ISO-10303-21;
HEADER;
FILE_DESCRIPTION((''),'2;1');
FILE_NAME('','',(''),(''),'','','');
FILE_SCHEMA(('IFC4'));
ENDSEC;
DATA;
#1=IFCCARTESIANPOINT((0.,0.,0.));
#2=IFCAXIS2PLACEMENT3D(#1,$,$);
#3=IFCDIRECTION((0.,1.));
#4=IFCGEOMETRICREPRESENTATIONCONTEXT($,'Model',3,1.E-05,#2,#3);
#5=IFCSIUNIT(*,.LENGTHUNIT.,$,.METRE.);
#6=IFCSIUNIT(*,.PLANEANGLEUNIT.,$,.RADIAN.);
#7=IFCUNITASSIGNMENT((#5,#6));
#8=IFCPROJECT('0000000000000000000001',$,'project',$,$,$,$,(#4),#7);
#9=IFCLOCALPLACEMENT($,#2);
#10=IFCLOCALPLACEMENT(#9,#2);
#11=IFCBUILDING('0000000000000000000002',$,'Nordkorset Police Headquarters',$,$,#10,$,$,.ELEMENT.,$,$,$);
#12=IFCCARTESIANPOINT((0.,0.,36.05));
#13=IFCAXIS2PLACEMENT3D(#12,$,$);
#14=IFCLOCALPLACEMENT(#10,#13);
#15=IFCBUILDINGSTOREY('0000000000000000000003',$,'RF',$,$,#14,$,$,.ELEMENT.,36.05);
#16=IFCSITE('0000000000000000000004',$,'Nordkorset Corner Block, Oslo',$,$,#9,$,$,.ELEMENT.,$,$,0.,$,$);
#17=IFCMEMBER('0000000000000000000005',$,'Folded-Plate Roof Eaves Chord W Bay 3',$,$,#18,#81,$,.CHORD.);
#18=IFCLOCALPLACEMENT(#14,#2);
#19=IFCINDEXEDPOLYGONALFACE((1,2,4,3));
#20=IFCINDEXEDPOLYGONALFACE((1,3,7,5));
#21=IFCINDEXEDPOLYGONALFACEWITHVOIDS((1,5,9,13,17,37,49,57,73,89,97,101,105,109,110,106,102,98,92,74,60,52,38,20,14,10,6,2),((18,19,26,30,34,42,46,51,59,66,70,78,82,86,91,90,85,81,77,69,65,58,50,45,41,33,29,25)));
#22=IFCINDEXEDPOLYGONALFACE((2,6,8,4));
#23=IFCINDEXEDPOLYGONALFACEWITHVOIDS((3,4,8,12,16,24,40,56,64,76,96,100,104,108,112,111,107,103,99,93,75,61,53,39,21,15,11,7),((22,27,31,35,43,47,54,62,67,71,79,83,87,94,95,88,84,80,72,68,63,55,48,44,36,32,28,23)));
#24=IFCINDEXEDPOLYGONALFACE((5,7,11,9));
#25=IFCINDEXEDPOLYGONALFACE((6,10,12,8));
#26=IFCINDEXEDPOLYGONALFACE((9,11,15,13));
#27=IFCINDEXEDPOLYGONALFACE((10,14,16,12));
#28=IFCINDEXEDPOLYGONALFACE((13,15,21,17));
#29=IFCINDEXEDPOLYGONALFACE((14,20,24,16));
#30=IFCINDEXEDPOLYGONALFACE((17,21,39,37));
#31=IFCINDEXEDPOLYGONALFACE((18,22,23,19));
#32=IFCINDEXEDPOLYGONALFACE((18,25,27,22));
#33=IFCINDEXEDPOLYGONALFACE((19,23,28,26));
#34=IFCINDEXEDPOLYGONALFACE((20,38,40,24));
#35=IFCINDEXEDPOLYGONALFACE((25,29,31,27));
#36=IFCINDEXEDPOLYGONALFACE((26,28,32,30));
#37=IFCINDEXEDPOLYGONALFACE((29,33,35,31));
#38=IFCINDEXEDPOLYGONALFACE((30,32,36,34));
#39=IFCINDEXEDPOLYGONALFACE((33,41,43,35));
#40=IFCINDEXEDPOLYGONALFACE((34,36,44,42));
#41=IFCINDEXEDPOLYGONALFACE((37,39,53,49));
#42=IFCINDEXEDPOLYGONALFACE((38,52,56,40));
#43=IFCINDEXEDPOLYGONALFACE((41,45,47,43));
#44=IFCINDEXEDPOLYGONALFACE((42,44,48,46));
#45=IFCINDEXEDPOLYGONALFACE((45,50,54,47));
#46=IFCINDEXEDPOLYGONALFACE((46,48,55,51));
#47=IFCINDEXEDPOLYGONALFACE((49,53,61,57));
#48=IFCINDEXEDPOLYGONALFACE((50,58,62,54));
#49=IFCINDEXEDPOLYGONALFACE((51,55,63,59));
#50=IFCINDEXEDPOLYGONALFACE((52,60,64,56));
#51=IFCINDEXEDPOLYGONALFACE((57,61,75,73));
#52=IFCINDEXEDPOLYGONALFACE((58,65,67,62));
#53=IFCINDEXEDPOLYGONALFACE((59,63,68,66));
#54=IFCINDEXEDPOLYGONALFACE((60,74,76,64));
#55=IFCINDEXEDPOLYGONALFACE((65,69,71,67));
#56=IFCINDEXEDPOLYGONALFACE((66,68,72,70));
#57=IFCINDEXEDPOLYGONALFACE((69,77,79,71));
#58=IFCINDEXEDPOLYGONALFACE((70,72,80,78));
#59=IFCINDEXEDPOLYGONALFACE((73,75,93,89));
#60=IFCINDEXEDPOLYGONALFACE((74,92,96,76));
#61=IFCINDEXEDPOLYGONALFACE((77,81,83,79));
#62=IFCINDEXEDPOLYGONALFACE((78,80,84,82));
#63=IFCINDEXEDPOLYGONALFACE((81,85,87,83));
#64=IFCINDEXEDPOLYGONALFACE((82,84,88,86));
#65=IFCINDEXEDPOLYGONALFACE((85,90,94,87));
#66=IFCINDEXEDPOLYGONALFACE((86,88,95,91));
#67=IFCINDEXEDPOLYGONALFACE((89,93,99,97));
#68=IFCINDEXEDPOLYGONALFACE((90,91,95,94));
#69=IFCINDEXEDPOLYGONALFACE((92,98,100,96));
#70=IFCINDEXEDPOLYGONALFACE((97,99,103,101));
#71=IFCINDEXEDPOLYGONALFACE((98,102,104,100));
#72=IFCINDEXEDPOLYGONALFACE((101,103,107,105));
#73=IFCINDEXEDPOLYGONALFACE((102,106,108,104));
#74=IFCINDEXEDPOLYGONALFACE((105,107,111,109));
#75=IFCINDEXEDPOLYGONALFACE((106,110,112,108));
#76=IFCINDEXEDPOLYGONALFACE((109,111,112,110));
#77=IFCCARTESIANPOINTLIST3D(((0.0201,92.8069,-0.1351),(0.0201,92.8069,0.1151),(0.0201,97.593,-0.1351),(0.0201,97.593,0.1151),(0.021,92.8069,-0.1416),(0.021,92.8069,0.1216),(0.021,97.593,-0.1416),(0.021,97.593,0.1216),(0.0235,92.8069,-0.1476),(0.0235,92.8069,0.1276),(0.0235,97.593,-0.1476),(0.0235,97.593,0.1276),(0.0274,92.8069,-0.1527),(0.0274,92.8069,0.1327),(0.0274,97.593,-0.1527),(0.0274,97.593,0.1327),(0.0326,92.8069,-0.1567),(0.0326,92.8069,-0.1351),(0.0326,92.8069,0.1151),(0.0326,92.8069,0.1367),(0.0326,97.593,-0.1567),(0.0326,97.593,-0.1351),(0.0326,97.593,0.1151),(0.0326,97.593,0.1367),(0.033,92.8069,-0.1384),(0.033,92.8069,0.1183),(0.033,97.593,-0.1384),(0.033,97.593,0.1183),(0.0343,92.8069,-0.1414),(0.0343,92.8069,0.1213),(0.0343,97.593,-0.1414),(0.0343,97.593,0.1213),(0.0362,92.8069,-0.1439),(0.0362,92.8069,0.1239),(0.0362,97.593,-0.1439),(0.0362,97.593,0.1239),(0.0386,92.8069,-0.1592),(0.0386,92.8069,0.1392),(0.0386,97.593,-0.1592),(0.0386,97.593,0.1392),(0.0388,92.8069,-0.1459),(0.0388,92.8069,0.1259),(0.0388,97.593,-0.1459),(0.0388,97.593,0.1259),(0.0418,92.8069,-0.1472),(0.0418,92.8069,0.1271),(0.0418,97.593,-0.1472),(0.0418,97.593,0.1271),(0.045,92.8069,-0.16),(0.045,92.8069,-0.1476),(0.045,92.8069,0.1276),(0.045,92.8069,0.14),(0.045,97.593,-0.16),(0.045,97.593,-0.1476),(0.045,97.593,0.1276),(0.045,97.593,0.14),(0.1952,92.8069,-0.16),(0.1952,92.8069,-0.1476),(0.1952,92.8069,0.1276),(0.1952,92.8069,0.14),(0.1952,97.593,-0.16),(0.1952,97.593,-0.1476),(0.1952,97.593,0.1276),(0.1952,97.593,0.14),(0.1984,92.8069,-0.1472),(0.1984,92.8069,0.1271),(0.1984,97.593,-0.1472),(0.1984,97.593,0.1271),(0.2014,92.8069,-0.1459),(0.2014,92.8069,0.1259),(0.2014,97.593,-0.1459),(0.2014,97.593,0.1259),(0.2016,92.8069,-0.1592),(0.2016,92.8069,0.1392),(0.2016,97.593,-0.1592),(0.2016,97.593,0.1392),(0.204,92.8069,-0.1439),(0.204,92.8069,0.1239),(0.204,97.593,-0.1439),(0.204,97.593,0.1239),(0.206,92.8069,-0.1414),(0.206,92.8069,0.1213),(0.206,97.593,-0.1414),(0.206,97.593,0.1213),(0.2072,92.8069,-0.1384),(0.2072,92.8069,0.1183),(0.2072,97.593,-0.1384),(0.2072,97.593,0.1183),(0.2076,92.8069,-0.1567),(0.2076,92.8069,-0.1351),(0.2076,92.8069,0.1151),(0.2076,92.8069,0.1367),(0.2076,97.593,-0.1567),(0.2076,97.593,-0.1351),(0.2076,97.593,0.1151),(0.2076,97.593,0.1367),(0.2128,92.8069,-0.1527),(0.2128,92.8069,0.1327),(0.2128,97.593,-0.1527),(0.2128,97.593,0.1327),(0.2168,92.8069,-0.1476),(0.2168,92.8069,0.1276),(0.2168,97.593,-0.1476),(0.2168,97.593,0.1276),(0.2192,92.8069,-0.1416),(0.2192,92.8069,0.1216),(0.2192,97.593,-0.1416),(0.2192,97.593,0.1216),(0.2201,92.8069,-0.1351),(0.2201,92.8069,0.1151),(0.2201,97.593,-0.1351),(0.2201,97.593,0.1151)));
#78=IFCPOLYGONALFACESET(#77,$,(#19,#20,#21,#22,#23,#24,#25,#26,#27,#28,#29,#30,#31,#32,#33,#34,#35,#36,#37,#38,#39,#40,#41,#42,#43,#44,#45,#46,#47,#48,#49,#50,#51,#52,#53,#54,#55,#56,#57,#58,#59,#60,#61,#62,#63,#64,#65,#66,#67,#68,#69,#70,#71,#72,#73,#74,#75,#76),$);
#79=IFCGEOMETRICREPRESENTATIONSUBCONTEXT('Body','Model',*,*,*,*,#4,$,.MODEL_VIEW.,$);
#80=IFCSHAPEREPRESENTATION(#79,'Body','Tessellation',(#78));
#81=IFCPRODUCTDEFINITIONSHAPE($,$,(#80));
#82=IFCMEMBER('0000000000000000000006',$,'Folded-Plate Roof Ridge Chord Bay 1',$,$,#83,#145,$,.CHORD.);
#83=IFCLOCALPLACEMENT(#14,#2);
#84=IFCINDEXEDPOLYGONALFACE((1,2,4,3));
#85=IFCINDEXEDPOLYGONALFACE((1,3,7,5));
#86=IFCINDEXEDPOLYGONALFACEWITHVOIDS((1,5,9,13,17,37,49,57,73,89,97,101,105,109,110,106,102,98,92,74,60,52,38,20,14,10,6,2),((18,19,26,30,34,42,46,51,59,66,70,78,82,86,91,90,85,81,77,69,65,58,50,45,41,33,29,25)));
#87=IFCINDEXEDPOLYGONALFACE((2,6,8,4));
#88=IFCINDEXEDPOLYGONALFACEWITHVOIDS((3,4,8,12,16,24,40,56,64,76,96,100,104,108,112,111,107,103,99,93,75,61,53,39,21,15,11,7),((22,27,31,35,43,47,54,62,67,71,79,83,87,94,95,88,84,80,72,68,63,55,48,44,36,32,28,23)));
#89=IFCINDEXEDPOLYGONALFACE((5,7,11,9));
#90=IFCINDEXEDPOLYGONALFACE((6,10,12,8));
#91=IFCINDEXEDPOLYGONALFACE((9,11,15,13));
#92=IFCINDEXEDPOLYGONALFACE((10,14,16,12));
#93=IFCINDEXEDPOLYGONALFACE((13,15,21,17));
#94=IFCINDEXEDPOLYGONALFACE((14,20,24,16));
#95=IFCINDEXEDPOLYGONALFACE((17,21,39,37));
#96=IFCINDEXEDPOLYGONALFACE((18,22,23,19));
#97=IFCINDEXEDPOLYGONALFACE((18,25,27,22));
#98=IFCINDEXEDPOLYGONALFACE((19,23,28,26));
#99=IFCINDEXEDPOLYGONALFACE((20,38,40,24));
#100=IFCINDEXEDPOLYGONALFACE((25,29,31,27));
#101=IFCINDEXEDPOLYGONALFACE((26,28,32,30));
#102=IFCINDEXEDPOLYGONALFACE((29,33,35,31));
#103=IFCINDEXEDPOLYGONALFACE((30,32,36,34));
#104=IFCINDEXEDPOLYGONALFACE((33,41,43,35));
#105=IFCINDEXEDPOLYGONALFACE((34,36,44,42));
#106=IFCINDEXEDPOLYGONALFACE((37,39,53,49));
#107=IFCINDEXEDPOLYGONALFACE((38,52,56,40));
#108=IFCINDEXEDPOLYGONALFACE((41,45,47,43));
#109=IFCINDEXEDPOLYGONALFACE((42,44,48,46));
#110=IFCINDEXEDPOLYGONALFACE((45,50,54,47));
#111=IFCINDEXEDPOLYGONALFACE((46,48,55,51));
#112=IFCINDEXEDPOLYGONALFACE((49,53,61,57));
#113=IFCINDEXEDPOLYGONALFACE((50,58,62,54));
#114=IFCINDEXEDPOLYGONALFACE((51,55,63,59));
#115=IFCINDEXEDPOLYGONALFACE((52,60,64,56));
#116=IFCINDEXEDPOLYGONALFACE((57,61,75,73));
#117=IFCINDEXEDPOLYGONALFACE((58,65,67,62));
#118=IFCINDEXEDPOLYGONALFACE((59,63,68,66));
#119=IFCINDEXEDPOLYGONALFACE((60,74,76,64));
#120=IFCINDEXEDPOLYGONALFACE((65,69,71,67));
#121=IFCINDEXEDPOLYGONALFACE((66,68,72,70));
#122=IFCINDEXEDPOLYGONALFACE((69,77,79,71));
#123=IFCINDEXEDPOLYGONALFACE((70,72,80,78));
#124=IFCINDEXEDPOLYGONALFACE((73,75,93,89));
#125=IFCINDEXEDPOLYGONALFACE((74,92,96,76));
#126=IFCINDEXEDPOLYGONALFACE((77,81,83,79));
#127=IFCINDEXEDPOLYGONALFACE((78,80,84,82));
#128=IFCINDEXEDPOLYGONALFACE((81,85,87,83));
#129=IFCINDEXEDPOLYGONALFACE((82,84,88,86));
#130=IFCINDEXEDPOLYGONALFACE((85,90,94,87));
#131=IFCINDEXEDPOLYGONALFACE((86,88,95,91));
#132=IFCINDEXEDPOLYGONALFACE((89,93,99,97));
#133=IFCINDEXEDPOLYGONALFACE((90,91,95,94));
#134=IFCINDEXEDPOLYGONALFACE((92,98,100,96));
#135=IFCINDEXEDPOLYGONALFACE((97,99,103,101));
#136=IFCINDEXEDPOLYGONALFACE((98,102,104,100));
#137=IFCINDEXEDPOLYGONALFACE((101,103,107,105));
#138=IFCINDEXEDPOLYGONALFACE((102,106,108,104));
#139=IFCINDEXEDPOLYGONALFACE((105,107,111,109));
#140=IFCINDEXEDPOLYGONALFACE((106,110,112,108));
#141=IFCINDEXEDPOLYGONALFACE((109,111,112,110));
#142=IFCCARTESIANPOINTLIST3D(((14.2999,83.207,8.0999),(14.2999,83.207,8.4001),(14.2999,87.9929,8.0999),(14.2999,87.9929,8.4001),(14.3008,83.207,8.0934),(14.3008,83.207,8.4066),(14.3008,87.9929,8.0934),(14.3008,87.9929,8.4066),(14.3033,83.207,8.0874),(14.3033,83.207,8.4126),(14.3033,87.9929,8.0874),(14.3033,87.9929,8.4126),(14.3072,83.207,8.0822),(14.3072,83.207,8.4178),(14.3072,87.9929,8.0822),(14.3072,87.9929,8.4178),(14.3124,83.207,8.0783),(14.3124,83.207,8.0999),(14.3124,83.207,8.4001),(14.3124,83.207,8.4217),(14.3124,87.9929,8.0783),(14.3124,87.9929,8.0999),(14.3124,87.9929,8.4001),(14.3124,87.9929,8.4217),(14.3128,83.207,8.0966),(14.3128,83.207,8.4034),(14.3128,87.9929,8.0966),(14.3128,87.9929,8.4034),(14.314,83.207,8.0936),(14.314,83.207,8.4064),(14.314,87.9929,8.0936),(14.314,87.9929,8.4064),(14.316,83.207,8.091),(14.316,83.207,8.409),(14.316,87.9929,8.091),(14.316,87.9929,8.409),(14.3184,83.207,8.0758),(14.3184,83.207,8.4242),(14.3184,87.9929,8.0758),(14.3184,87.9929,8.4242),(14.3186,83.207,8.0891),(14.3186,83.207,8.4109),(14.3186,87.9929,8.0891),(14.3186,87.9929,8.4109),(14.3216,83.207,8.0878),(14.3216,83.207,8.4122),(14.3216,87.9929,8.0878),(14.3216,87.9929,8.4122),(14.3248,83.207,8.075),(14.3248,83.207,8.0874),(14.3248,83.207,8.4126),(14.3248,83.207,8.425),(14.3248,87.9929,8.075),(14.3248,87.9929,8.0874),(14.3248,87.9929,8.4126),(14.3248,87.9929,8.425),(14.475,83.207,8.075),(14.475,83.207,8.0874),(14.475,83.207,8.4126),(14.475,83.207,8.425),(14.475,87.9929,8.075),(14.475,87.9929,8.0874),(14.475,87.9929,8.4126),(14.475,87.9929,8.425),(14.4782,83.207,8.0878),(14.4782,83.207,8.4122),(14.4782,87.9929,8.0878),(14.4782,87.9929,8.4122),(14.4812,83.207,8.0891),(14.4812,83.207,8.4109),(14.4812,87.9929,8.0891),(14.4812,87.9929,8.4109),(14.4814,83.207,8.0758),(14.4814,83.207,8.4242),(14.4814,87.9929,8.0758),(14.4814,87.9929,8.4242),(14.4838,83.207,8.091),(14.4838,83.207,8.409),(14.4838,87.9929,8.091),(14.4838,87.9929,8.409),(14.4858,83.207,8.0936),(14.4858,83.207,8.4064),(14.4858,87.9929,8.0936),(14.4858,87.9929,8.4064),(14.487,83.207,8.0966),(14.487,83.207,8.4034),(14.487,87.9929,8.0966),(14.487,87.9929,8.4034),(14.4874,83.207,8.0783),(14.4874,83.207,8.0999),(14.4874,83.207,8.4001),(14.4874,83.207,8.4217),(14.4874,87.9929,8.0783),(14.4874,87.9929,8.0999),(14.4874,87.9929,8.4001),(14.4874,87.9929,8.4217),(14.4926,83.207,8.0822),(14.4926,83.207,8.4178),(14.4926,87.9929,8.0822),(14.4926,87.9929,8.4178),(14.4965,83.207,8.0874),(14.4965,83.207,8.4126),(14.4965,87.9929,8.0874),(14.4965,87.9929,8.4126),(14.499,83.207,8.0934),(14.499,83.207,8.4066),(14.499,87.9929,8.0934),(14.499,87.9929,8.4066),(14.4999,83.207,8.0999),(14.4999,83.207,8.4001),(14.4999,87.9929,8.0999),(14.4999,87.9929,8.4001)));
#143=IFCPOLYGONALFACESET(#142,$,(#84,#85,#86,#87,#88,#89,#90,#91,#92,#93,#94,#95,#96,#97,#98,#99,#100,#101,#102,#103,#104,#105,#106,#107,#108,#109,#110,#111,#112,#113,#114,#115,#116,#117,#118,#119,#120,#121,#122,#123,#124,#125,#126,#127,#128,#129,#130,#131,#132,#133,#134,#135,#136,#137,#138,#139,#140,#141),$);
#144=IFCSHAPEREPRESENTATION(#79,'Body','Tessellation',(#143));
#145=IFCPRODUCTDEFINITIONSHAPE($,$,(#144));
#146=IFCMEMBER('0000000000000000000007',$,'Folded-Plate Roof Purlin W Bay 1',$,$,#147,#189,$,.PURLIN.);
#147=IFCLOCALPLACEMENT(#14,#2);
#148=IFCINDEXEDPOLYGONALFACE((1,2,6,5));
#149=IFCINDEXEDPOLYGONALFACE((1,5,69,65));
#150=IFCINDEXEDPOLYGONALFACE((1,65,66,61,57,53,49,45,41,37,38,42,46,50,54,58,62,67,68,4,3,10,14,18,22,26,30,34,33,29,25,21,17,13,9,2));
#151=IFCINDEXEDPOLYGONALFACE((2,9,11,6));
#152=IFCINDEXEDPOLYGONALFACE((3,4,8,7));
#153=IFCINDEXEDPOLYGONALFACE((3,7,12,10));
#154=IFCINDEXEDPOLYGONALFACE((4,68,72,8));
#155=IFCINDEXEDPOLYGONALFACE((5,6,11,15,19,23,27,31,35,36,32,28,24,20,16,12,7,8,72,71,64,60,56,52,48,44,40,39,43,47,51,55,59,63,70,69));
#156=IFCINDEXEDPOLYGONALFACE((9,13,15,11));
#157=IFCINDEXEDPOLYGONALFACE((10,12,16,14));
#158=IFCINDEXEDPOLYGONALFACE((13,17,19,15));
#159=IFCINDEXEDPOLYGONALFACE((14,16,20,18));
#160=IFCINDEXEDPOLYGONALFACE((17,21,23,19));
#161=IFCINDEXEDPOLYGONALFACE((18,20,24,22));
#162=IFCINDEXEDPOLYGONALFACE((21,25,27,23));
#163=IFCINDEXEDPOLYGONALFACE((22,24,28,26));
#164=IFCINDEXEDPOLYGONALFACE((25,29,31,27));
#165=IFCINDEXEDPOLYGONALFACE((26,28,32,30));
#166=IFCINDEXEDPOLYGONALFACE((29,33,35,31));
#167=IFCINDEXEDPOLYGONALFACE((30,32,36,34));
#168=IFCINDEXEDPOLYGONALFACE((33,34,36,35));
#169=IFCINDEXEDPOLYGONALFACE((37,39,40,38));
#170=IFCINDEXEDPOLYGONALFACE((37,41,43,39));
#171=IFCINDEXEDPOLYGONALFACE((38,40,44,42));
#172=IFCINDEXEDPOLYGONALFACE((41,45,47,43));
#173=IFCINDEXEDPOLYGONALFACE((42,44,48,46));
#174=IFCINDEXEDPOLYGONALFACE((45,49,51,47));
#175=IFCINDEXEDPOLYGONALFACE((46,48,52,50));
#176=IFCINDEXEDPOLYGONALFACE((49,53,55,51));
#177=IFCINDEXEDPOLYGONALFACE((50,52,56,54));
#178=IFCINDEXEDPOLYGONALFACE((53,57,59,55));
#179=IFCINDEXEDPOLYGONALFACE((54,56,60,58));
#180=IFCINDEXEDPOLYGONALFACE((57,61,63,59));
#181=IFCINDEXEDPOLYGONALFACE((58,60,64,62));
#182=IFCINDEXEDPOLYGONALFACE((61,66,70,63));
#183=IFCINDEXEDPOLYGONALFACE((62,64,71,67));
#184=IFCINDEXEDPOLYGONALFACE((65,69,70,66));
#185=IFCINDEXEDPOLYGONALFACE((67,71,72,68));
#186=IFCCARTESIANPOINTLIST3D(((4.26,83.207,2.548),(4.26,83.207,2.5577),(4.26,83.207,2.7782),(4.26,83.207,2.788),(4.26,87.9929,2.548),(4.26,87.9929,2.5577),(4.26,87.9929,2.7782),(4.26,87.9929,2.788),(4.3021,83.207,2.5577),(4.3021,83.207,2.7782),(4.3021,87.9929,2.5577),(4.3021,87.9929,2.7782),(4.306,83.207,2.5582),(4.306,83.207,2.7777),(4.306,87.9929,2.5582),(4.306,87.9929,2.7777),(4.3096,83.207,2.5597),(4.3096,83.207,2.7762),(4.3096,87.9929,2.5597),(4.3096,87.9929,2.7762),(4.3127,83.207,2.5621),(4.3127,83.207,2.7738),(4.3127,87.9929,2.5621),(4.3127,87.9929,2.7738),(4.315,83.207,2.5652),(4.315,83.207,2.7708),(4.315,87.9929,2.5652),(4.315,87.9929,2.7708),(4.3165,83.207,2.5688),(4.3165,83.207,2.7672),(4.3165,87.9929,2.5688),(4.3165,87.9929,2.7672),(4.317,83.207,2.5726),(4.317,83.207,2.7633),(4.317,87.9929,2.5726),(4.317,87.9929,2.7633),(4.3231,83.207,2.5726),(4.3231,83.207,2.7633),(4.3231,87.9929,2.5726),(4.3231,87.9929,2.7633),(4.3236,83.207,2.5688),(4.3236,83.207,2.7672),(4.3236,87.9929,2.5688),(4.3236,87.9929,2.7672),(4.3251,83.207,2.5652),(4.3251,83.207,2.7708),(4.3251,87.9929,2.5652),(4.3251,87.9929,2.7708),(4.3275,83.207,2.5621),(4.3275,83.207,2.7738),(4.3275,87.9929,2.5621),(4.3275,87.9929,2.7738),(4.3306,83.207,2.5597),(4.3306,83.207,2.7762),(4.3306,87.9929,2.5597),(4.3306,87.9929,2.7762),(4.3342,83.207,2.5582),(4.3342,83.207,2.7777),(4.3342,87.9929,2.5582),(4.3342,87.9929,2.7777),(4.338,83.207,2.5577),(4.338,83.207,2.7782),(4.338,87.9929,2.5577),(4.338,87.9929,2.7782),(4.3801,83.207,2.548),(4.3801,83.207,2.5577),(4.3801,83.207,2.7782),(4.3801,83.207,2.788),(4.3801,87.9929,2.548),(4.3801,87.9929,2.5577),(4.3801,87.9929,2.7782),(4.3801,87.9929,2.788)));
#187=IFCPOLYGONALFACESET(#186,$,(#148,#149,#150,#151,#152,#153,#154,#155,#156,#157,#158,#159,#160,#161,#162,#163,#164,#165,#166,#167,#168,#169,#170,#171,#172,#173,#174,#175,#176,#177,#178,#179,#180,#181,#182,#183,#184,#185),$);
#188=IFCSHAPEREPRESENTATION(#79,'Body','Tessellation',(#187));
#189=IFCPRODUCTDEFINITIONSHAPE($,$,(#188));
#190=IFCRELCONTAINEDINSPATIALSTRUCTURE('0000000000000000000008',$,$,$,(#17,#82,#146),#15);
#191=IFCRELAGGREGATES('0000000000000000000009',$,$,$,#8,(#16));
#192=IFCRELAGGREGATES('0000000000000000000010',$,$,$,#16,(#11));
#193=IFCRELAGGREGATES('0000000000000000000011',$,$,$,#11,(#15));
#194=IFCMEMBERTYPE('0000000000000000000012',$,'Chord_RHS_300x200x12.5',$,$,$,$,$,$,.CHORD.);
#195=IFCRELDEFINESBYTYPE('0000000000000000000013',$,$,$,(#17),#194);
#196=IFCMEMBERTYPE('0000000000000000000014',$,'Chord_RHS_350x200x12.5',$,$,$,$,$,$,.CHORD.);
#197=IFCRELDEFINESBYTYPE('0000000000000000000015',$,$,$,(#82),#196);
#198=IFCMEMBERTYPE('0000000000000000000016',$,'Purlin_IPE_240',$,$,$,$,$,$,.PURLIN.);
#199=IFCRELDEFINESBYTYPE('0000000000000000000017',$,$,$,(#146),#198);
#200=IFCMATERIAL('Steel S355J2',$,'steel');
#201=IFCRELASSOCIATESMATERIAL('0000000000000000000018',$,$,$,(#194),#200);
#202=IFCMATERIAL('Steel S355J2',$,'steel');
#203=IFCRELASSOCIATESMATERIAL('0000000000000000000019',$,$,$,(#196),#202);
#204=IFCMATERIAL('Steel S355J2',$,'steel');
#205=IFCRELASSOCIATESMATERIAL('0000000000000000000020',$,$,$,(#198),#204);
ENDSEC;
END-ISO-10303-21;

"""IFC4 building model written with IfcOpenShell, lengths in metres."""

from ifc_helpers import new_model, si_unit, direction, frame, origin, origin_2d, place, context, subcontext, project, spatial, hollow_rectangle, i_section, extrude, material, material_profile, profile_set, type_object, element, save


model = new_model("IFC4")

# Units and contexts
model_context = context("Model", 3, precision=1e-05, world=origin(), true_north=direction((0.0, 1.0)))
body_context = subcontext(model_context, "Body", "Model", "MODEL_VIEW")
ifc_project = project(units=[si_unit("LENGTHUNIT", "METRE"), si_unit("PLANEANGLEUNIT", "RADIAN")], contexts=[model_context])

# Site, building, storey
site_placement = place(None, origin())
site = spatial("IfcSite", under=ifc_project, at=site_placement, Name="Nordkorset Corner Block, Oslo", CompositionType="ELEMENT", RefElevation=0.0)
building_placement = place(site_placement, origin())
building = spatial("IfcBuilding", under=site, at=building_placement, Name="Nordkorset Police Headquarters", CompositionType="ELEMENT")
storey_placement = place(building_placement, frame((0.0, 0.0, 36.05)))
storey = spatial("IfcBuildingStorey", under=building, at=storey_placement, Name="RF", CompositionType="ELEMENT", Elevation=36.05)

# Members
ifc_material_1 = material(Name="Steel S355J2", Category="steel")
ifc_material_profile_1 = material_profile(ifc_material_1, hollow_rectangle(XDim=0.2, YDim=0.3, WallThickness=0.0125, InnerFilletRadius=0.0125, OuterFilletRadius=0.0249, at=origin_2d()), Name="RHS 300x200x12.5")
ifc_profile_set_1 = profile_set([ifc_material_profile_1], Name="Steel S355J2")
member_type_1 = type_object("IfcMemberType", Name="Chord_RHS_300x200x12.5", PredefinedType="CHORD", material=ifc_profile_set_1)
member_1_placement = place(storey_placement, frame((0.1201, 92.8069, -0.01), z_axis=(0.0, 1.0, 0.0), x_axis=(-1.0, 0.0, 0.0)))
element("IfcMember", 1, at=member_1_placement, inside=storey, type_object=member_type_1, Name="Folded-Plate Roof Eaves Chord W Bay 3", PredefinedType="CHORD", context=body_context, shape_type="SweptSolid", body=[
    extrude(hollow_rectangle(XDim=0.2, YDim=0.3, WallThickness=0.0125, InnerFilletRadius=0.0125, OuterFilletRadius=0.0249, at=origin_2d()), origin(), (0.0, 0.0, 1.0), 4.7861),
])
ifc_material_2 = material(Name="Steel S355J2", Category="steel")
ifc_material_profile_2 = material_profile(ifc_material_2, hollow_rectangle(XDim=0.2, YDim=0.3501, WallThickness=0.0125, InnerFilletRadius=0.0125, OuterFilletRadius=0.0249, at=origin_2d()), Name="RHS 350x200x12.5")
ifc_profile_set_2 = profile_set([ifc_material_profile_2], Name="Steel S355J2")
member_type_2 = type_object("IfcMemberType", Name="Chord_RHS_350x200x12.5", PredefinedType="CHORD", material=ifc_profile_set_2)
member_2_placement = place(storey_placement, frame((14.3999, 83.207, 8.25), z_axis=(0.0, 1.0, 0.0), x_axis=(-1.0, 0.0, 0.0)))
element("IfcMember", 2, at=member_2_placement, inside=storey, type_object=member_type_2, Name="Folded-Plate Roof Ridge Chord Bay 1", PredefinedType="CHORD", context=body_context, shape_type="SweptSolid", body=[
    extrude(hollow_rectangle(XDim=0.2, YDim=0.3501, WallThickness=0.0125, InnerFilletRadius=0.0125, OuterFilletRadius=0.0249, at=origin_2d()), origin(), (0.0, 0.0, 1.0), 4.7859),
])
ifc_material_3 = material(Name="Steel S355J2", Category="steel")
ifc_material_profile_3 = material_profile(ifc_material_3, i_section(OverallWidth=0.1201, OverallDepth=0.24, WebThickness=0.0061, FlangeThickness=0.0098, FilletRadius=0.0149, at=origin_2d()), Name="IPE 240")
ifc_profile_set_3 = profile_set([ifc_material_profile_3], Name="Steel S355J2")
member_type_3 = type_object("IfcMemberType", Name="Purlin_IPE_240", PredefinedType="PURLIN", material=ifc_profile_set_3)
for number, where, z_axis, x_axis, name in (
    (3, (4.3201, 83.207, 2.668), (0.0, 1.0, 0.0), (-1.0, 0.0, 0.0), "Folded-Plate Roof Purlin W Bay 1"),
):
    element("IfcMember", number, at=place(storey_placement, frame(where, z_axis=z_axis, x_axis=x_axis)), inside=storey, type_object=member_type_3, Name=name, PredefinedType="PURLIN", context=body_context, shape_type="SweptSolid", body=[
        extrude(i_section(OverallWidth=0.1201, OverallDepth=0.24, WebThickness=0.0061, FlangeThickness=0.0098, FilletRadius=0.0149, at=origin_2d()), origin(), (0.0, 0.0, 1.0), 4.7859),
    ])

save(model, "model.ifc")
